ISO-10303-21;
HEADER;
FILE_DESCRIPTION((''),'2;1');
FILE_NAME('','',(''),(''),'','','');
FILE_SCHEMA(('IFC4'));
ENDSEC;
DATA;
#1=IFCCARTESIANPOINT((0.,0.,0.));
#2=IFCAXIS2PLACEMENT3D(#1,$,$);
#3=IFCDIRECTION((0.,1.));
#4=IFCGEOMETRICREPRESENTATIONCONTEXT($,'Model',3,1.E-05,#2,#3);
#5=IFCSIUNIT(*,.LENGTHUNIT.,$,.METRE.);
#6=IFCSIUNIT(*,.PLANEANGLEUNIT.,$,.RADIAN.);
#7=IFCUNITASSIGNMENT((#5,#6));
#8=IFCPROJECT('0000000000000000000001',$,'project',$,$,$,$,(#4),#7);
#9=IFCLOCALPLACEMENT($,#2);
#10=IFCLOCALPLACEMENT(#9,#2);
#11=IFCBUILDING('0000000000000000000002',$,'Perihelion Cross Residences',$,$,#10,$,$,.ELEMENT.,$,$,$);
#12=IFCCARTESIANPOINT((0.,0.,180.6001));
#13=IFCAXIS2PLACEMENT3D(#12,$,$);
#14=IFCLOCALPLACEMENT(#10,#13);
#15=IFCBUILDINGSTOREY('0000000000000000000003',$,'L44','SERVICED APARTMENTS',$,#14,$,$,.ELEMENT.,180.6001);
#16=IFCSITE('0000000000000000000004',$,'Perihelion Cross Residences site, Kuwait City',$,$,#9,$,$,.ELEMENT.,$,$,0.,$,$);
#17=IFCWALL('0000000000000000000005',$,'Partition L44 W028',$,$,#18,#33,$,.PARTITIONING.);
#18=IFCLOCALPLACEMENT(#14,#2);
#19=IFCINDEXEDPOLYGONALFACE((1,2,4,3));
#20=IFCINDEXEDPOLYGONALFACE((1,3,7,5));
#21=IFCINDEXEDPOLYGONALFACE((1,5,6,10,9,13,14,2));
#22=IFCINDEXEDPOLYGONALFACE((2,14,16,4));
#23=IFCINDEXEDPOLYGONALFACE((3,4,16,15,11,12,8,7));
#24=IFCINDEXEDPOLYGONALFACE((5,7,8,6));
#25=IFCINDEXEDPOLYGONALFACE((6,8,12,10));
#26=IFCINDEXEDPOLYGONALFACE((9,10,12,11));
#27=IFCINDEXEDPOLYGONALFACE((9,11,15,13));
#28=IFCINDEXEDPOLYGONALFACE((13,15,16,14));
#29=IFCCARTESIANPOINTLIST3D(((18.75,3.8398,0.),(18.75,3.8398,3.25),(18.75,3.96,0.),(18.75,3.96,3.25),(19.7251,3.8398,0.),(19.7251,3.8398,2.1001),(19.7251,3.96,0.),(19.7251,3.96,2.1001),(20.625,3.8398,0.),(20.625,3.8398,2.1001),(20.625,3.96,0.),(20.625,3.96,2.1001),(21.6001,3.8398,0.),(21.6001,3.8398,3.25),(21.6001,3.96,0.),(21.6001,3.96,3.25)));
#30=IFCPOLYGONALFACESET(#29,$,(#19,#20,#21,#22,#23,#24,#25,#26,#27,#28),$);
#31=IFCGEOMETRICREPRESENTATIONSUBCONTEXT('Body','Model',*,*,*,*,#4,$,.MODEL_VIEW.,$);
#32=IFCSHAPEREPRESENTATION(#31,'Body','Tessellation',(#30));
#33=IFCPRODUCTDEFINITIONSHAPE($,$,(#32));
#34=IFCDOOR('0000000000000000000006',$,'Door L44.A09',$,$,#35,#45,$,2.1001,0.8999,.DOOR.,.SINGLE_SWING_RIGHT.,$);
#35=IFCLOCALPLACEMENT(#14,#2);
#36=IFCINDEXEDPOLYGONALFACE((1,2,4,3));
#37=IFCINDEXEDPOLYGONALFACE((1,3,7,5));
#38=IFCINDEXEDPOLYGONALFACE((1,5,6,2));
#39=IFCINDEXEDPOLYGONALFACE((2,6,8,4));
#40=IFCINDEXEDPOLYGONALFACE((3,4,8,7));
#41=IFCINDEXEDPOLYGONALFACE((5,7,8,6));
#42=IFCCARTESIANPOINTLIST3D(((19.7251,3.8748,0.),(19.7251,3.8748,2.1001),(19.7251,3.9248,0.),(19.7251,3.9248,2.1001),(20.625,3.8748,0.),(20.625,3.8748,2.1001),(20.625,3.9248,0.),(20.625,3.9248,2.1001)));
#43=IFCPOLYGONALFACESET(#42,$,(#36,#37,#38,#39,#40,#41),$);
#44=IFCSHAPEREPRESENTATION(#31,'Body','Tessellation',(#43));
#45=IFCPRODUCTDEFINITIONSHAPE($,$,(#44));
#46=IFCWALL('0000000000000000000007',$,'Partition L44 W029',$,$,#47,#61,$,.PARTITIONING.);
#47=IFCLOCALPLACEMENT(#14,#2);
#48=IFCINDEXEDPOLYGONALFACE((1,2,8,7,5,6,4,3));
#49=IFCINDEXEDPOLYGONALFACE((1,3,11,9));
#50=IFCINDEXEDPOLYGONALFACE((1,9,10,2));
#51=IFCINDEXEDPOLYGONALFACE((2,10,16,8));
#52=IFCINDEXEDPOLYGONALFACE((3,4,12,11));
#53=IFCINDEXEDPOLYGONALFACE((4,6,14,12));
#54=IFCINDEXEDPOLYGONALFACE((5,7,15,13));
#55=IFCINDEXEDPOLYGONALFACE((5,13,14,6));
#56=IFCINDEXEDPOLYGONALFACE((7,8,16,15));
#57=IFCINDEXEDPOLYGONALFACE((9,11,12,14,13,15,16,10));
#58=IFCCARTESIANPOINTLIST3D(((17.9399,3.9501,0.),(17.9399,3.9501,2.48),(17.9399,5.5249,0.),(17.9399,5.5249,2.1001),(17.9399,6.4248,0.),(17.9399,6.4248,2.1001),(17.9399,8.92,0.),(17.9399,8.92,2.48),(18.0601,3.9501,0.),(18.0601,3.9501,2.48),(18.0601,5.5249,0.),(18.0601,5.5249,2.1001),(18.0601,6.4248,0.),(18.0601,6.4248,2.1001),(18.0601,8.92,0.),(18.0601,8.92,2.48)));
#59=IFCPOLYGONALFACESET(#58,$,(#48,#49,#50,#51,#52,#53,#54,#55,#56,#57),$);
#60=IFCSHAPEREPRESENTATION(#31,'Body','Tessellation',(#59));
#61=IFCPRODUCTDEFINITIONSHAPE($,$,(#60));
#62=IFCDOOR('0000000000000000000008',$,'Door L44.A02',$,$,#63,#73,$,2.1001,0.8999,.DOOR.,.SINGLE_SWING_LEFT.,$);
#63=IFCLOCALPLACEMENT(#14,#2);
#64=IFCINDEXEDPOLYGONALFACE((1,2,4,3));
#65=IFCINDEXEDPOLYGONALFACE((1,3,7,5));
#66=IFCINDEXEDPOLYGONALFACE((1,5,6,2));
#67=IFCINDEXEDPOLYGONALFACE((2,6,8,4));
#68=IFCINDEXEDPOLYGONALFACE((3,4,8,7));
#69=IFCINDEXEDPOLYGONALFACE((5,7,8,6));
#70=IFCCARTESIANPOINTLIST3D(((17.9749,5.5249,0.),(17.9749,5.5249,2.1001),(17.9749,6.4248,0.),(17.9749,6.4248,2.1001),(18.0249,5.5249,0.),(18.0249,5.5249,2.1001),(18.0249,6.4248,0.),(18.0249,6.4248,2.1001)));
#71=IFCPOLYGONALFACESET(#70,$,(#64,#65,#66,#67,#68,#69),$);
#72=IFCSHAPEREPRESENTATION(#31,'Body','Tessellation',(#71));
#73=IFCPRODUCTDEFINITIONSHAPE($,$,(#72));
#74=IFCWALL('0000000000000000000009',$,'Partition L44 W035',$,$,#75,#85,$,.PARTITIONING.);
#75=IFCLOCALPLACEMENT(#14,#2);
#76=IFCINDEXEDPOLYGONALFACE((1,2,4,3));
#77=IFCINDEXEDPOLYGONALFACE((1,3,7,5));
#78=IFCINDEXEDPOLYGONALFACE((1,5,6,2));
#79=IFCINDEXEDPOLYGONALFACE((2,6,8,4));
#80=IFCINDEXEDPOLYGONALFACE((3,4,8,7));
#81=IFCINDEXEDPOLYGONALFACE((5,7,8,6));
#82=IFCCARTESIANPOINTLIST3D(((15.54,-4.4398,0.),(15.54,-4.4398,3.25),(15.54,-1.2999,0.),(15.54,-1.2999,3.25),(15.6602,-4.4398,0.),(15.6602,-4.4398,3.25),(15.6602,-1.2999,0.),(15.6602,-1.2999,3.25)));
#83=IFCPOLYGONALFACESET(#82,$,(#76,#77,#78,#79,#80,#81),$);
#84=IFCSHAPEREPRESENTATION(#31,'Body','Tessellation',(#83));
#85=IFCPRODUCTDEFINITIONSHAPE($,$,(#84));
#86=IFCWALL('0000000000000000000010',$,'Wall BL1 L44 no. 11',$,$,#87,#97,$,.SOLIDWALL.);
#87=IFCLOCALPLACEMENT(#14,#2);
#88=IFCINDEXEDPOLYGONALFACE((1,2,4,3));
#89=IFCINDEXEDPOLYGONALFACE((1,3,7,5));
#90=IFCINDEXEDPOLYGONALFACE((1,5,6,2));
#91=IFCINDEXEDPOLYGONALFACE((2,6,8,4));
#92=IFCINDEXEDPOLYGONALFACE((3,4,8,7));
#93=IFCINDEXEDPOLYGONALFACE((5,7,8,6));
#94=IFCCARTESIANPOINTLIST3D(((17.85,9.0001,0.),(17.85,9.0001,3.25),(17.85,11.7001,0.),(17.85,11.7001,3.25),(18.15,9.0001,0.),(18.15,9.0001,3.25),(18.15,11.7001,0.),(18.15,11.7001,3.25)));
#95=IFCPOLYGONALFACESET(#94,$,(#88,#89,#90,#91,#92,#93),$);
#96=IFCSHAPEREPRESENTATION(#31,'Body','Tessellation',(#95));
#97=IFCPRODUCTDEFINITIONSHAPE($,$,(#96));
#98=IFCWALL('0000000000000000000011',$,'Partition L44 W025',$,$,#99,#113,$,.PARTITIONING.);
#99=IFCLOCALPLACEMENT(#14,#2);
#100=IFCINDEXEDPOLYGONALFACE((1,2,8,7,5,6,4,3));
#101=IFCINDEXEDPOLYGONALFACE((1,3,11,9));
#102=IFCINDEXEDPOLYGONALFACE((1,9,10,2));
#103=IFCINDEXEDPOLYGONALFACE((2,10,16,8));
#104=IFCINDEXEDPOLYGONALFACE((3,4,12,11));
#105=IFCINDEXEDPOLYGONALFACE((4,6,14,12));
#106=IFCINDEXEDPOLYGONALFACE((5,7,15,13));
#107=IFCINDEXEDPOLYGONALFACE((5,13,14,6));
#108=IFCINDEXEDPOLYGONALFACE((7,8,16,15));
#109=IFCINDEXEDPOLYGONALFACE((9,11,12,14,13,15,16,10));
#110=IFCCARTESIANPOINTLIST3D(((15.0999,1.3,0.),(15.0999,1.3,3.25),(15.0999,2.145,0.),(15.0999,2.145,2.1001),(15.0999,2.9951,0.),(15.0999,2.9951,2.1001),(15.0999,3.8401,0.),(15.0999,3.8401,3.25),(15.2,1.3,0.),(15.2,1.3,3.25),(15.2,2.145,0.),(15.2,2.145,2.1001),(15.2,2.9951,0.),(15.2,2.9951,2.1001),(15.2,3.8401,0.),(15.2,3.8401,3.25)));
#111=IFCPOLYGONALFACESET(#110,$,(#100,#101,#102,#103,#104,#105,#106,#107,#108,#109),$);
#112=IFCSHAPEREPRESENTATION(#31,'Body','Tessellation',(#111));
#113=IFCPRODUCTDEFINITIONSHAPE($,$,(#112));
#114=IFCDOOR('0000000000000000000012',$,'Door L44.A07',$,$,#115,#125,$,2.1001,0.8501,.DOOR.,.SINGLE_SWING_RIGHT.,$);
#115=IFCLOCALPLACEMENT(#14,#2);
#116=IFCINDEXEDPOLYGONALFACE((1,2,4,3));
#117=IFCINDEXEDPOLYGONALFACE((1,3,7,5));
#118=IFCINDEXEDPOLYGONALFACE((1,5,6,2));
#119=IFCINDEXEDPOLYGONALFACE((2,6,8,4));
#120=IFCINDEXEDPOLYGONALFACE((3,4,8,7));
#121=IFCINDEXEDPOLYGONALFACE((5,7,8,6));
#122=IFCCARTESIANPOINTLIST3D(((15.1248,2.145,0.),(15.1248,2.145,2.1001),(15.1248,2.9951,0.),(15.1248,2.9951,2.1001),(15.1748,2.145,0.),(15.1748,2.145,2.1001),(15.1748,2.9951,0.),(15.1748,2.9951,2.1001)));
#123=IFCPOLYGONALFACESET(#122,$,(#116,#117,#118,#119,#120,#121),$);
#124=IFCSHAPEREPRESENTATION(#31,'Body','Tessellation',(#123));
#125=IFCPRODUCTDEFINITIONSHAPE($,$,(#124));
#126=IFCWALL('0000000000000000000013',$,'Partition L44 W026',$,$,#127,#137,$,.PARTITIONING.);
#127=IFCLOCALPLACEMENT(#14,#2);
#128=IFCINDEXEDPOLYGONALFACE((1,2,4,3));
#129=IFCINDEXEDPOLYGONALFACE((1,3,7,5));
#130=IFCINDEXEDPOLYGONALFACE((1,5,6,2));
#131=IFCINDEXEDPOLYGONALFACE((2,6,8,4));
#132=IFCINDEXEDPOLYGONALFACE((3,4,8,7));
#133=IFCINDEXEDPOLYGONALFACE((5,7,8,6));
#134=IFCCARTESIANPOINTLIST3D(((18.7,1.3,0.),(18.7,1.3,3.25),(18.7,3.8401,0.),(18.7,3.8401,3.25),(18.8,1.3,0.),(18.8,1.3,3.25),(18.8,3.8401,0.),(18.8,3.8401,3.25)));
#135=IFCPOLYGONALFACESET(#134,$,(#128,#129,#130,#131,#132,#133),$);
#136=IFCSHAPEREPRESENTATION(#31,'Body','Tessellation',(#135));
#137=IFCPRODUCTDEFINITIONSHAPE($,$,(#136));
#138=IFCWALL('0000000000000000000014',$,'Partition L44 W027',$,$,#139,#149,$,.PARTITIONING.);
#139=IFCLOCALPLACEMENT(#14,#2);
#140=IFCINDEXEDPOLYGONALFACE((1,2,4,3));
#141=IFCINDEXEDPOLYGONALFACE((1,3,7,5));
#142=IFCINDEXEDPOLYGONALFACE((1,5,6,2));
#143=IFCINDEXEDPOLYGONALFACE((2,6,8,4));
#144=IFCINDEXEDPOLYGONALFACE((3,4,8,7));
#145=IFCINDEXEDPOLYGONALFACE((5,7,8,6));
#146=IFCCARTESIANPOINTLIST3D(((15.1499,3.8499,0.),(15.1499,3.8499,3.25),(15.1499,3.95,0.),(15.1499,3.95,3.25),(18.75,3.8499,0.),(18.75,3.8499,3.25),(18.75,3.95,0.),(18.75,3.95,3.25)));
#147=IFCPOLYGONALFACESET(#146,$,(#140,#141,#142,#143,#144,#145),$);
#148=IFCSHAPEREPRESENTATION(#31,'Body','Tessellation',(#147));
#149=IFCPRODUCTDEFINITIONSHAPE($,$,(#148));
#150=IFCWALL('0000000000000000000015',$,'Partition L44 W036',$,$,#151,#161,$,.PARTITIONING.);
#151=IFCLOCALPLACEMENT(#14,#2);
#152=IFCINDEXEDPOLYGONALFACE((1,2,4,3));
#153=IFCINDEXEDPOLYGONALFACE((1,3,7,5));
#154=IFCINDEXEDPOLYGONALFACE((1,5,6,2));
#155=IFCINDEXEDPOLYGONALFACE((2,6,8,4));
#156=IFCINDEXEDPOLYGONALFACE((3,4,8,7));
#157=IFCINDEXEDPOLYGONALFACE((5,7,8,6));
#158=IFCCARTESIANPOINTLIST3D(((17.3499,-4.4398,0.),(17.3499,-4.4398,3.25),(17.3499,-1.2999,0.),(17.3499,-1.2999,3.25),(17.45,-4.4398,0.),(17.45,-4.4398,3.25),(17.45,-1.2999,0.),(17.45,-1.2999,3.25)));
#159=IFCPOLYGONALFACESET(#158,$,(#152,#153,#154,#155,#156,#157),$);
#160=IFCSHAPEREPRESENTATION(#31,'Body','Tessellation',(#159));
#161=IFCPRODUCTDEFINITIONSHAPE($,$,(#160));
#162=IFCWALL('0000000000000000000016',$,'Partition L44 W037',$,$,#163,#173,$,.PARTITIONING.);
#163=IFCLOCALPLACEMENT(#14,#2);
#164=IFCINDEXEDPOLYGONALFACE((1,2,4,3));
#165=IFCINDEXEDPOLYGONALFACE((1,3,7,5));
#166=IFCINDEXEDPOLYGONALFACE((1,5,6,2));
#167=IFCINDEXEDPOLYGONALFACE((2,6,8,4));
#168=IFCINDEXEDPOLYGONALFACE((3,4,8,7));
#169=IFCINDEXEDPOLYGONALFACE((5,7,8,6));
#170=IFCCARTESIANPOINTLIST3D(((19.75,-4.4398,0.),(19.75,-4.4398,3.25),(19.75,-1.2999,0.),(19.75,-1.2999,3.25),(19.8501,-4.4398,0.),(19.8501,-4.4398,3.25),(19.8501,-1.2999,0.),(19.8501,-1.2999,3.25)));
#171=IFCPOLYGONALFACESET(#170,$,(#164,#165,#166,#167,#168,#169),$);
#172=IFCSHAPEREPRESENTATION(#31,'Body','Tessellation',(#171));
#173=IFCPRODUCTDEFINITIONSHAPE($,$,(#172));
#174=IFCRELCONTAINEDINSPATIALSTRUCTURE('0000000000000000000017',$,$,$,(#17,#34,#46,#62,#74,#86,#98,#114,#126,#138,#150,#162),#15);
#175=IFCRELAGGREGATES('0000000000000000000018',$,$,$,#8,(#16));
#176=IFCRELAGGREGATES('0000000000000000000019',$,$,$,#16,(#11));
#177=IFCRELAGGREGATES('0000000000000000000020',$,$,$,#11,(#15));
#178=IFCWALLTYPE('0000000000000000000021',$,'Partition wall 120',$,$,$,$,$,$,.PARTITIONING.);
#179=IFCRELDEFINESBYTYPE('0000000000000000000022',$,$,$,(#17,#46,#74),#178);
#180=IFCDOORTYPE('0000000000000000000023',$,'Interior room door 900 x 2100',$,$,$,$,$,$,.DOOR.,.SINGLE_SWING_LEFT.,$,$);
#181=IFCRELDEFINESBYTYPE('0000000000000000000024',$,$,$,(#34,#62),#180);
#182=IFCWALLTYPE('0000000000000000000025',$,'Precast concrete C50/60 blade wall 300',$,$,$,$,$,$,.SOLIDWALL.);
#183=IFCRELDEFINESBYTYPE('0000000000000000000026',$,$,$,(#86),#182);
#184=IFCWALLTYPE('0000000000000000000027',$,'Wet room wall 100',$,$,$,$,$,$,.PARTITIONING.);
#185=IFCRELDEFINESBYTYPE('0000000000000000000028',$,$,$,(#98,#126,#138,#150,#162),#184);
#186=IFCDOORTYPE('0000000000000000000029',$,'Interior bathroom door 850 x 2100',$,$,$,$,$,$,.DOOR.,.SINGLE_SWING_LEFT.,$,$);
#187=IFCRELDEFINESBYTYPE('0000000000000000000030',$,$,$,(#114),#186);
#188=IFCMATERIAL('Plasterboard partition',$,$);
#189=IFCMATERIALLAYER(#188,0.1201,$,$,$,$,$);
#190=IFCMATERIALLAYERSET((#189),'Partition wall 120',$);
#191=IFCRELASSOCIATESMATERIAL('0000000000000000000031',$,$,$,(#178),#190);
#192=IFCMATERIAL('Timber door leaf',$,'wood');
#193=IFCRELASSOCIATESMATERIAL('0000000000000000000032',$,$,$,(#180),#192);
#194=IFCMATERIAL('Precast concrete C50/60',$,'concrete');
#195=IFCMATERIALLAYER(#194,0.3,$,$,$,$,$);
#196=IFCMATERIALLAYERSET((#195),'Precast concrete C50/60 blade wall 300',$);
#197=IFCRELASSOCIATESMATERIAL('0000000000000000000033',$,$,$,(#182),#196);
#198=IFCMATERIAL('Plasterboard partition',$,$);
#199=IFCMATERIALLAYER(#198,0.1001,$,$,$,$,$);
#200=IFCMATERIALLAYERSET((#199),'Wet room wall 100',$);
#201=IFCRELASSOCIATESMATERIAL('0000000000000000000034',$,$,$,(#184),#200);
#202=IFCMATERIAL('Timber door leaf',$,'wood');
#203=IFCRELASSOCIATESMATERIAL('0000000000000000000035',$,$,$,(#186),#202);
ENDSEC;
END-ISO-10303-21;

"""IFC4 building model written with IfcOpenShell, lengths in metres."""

from ifc_helpers import new_model, si_unit, direction, frame, frame_2d, origin, place, context, subcontext, project, spatial, rectangle, extrude, material, layer, layer_set, type_object, element, fill, save


model = new_model("IFC4")

# Units and contexts
model_context = context("Model", 3, precision=1e-05, world=origin(), true_north=direction((0.0, 1.0)))
body_context = subcontext(model_context, "Body", "Model", "MODEL_VIEW")
ifc_project = project(units=[si_unit("LENGTHUNIT", "METRE"), si_unit("PLANEANGLEUNIT", "RADIAN")], contexts=[model_context])

# Site, building, storey
site_placement = place(None, origin())
site = spatial("IfcSite", under=ifc_project, at=site_placement, Name="Perihelion Cross Residences site, Kuwait City", CompositionType="ELEMENT", RefElevation=0.0)
building_placement = place(site_placement, origin())
building = spatial("IfcBuilding", under=site, at=building_placement, Name="Perihelion Cross Residences", CompositionType="ELEMENT")
storey_placement = place(building_placement, frame((0.0, 0.0, 180.6001)))
storey = spatial("IfcBuildingStorey", under=building, at=storey_placement, Name="L44", Description="SERVICED APARTMENTS", CompositionType="ELEMENT", Elevation=180.6001)

# Walls, openings, doors
ifc_material_1 = material(Name="Plasterboard partition")
ifc_layer_1 = layer(ifc_material_1, 0.1201)
ifc_layer_set_1 = layer_set([ifc_layer_1], Name="Partition wall 120")
wall_type_1 = type_object("IfcWallType", Name="Partition wall 120", PredefinedType="PARTITIONING", material=ifc_layer_set_1)
ifc_material_2 = material(Name="Timber door leaf", Category="wood")
door_type_1 = type_object("IfcDoorType", Name="Interior room door 900 x 2100", OperationType="SINGLE_SWING_LEFT", PredefinedType="DOOR", material=ifc_material_2)
wall_1_placement = place(storey_placement, frame((18.75, 3.8999, 0.0), z_axis=(0.0, 0.0, 1.0), x_axis=(1.0, 0.0, 0.0)))
wall_1 = element("IfcWall", 1, at=wall_1_placement, inside=storey, type_object=wall_type_1, Name="Partition L44 W028", PredefinedType="PARTITIONING", context=body_context, shape_type="SweptSolid", body=[
    extrude(rectangle(XDim=2.8501, YDim=0.1201, at=frame_2d((1.425, 0.0))), origin(), (0.0, 0.0, 1.0), 3.25),
])
opening_1_placement = place(wall_1_placement, frame((0.9751, 0.0, 0.0)))
opening_1 = element("IfcOpeningElement", 2, at=opening_1_placement, cuts=wall_1, PredefinedType="OPENING", context=body_context, shape_type="SweptSolid", body=[
    extrude(rectangle(XDim=0.8999, YDim=2.1001, at=frame_2d((0.45, 1.05))), frame((0.0, 0.0701, 0.0), z_axis=(0.0, -1.0, 0.0), x_axis=(1.0, 0.0, 0.0)), (0.0, 0.0, 1.0), 0.1401),
])
door_1_placement = place(opening_1_placement, origin())
door_1 = element("IfcDoor", 3, at=door_1_placement, inside=storey, type_object=door_type_1, Name="Door L44.A09", OperationType="SINGLE_SWING_RIGHT", OverallHeight=2.1001, OverallWidth=0.8999, PredefinedType="DOOR", context=body_context, shape_type="SweptSolid", body=[
    extrude(rectangle(XDim=0.8999, YDim=2.1001, at=frame_2d((0.45, 1.05))), frame((0.0, 0.0249, 0.0), z_axis=(0.0, -1.0, 0.0), x_axis=(1.0, 0.0, 0.0)), (0.0, 0.0, 1.0), 0.05),
])
fill(opening_1, door_1)
wall_2_placement = place(storey_placement, frame((18.0, 8.9199, 0.0), z_axis=(0.0, 0.0, 1.0), x_axis=(0.0, -1.0, 0.0)))
wall_2 = element("IfcWall", 4, at=wall_2_placement, inside=storey, type_object=wall_type_1, Name="Partition L44 W029", PredefinedType="PARTITIONING", context=body_context, shape_type="SweptSolid", body=[
    extrude(rectangle(XDim=4.97, YDim=0.1201, at=frame_2d((2.4849, 0.0))), origin(), (0.0, 0.0, 1.0), 2.48),
])
opening_2_placement = place(wall_2_placement, frame((2.4951, 0.0, 0.0)))
opening_2 = element("IfcOpeningElement", 5, at=opening_2_placement, cuts=wall_2, PredefinedType="OPENING", context=body_context, shape_type="SweptSolid", body=[
    extrude(rectangle(XDim=0.8999, YDim=2.1001, at=frame_2d((0.45, 1.05))), frame((0.0, 0.0701, 0.0), z_axis=(0.0, -1.0, 0.0), x_axis=(1.0, 0.0, 0.0)), (0.0, 0.0, 1.0), 0.1401),
])
door_2_placement = place(opening_2_placement, origin())
door_2 = element("IfcDoor", 6, at=door_2_placement, inside=storey, type_object=door_type_1, Name="Door L44.A02", OperationType="SINGLE_SWING_LEFT", OverallHeight=2.1001, OverallWidth=0.8999, PredefinedType="DOOR", context=body_context, shape_type="SweptSolid", body=[
    extrude(rectangle(XDim=0.8999, YDim=2.1001, at=frame_2d((0.45, 1.05))), frame((0.0, 0.0249, 0.0), z_axis=(0.0, -1.0, 0.0), x_axis=(1.0, 0.0, 0.0)), (0.0, 0.0, 1.0), 0.05),
])
fill(opening_2, door_2)

# Walls
wall_3_placement = place(storey_placement, frame((15.6001, -1.3, 0.0), z_axis=(0.0, 0.0, 1.0), x_axis=(0.0, -1.0, 0.0)))
element("IfcWall", 7, at=wall_3_placement, inside=storey, type_object=wall_type_1, Name="Partition L44 W035", PredefinedType="PARTITIONING", context=body_context, shape_type="SweptSolid", body=[
    extrude(rectangle(XDim=3.1399, YDim=0.1201, at=frame_2d((1.5698, 0.0))), origin(), (0.0, 0.0, 1.0), 3.25),
])
ifc_material_3 = material(Name="Precast concrete C50/60", Category="concrete")
ifc_layer_2 = layer(ifc_material_3, 0.3)
ifc_layer_set_2 = layer_set([ifc_layer_2], Name="Precast concrete C50/60 blade wall 300")
wall_type_2 = type_object("IfcWallType", Name="Precast concrete C50/60 blade wall 300", PredefinedType="SOLIDWALL", material=ifc_layer_set_2)
wall_4_placement = place(storey_placement, frame((18.0, 9.0, 0.0), z_axis=(0.0, 0.0, 1.0), x_axis=(0.0, 1.0, 0.0)))
element("IfcWall", 8, at=wall_4_placement, inside=storey, type_object=wall_type_2, Name="Wall BL1 L44 no. 11", PredefinedType="SOLIDWALL", context=body_context, shape_type="SweptSolid", body=[
    extrude(rectangle(XDim=2.7, YDim=0.3, at=frame_2d((1.3501, 0.0))), origin(), (0.0, 0.0, 1.0), 3.25),
])

# Wall, opening, door
ifc_material_4 = material(Name="Plasterboard partition")
ifc_layer_3 = layer(ifc_material_4, 0.1001)
ifc_layer_set_3 = layer_set([ifc_layer_3], Name="Wet room wall 100")
wall_type_3 = type_object("IfcWallType", Name="Wet room wall 100", PredefinedType="PARTITIONING", material=ifc_layer_set_3)
wall_5_placement = place(storey_placement, frame((15.1499, 3.8401, 0.0), z_axis=(0.0, 0.0, 1.0), x_axis=(0.0, -1.0, 0.0)))
wall_5 = element("IfcWall", 9, at=wall_5_placement, inside=storey, type_object=wall_type_3, Name="Partition L44 W025", PredefinedType="PARTITIONING", context=body_context, shape_type="SweptSolid", body=[
    extrude(rectangle(XDim=2.54, YDim=0.1001, at=frame_2d((1.27, 0.0))), origin(), (0.0, 0.0, 1.0), 3.25),
])
opening_3_placement = place(wall_5_placement, frame((0.845, 0.0, 0.0)))
opening_3 = element("IfcOpeningElement", 10, at=opening_3_placement, cuts=wall_5, PredefinedType="OPENING", context=body_context, shape_type="SweptSolid", body=[
    extrude(rectangle(XDim=0.8501, YDim=2.1001, at=frame_2d((0.425, 1.05))), frame((0.0, 0.0601, 0.0), z_axis=(0.0, -1.0, 0.0), x_axis=(1.0, 0.0, 0.0)), (0.0, 0.0, 1.0), 0.1201),
])
ifc_material_5 = material(Name="Timber door leaf", Category="wood")
door_type_2 = type_object("IfcDoorType", Name="Interior bathroom door 850 x 2100", OperationType="SINGLE_SWING_LEFT", PredefinedType="DOOR", material=ifc_material_5)
door_3_placement = place(opening_3_placement, origin())
door_3 = element("IfcDoor", 11, at=door_3_placement, inside=storey, type_object=door_type_2, Name="Door L44.A07", OperationType="SINGLE_SWING_RIGHT", OverallHeight=2.1001, OverallWidth=0.8501, PredefinedType="DOOR", context=body_context, shape_type="SweptSolid", body=[
    extrude(rectangle(XDim=0.8501, YDim=2.1001, at=frame_2d((0.425, 1.05))), frame((0.0, 0.0249, 0.0), z_axis=(0.0, -1.0, 0.0), x_axis=(1.0, 0.0, 0.0)), (0.0, 0.0, 1.0), 0.05),
])
fill(opening_3, door_3)

# Walls
wall_6_placement = place(storey_placement, frame((18.75, 3.8401, 0.0), z_axis=(0.0, 0.0, 1.0), x_axis=(0.0, -1.0, 0.0)))
element("IfcWall", 12, at=wall_6_placement, inside=storey, type_object=wall_type_3, Name="Partition L44 W026", PredefinedType="PARTITIONING", context=body_context, shape_type="SweptSolid", body=[
    extrude(rectangle(XDim=2.54, YDim=0.1001, at=frame_2d((1.27, 0.0))), origin(), (0.0, 0.0, 1.0), 3.25),
])
wall_7_placement = place(storey_placement, frame((15.1499, 3.8999, 0.0), z_axis=(0.0, 0.0, 1.0), x_axis=(1.0, 0.0, 0.0)))
element("IfcWall", 13, at=wall_7_placement, inside=storey, type_object=wall_type_3, Name="Partition L44 W027", PredefinedType="PARTITIONING", context=body_context, shape_type="SweptSolid", body=[
    extrude(rectangle(XDim=3.6001, YDim=0.1001, at=frame_2d((1.8, 0.0))), origin(), (0.0, 0.0, 1.0), 3.25),
])
for number, where, z_axis, x_axis, name in (
    (14, (17.3999, -1.3, 0.0), (0.0, 0.0, 1.0), (0.0, -1.0, 0.0), "Partition L44 W036"),
    (15, (19.8, -1.3, 0.0), (0.0, 0.0, 1.0), (0.0, -1.0, 0.0), "Partition L44 W037"),
):
    element("IfcWall", number, at=place(storey_placement, frame(where, z_axis=z_axis, x_axis=x_axis)), inside=storey, type_object=wall_type_3, Name=name, PredefinedType="PARTITIONING", context=body_context, shape_type="SweptSolid", body=[
        extrude(rectangle(XDim=3.1399, YDim=0.1001, at=frame_2d((1.5698, 0.0))), origin(), (0.0, 0.0, 1.0), 3.25),
    ])

save(model, "model.ifc")
